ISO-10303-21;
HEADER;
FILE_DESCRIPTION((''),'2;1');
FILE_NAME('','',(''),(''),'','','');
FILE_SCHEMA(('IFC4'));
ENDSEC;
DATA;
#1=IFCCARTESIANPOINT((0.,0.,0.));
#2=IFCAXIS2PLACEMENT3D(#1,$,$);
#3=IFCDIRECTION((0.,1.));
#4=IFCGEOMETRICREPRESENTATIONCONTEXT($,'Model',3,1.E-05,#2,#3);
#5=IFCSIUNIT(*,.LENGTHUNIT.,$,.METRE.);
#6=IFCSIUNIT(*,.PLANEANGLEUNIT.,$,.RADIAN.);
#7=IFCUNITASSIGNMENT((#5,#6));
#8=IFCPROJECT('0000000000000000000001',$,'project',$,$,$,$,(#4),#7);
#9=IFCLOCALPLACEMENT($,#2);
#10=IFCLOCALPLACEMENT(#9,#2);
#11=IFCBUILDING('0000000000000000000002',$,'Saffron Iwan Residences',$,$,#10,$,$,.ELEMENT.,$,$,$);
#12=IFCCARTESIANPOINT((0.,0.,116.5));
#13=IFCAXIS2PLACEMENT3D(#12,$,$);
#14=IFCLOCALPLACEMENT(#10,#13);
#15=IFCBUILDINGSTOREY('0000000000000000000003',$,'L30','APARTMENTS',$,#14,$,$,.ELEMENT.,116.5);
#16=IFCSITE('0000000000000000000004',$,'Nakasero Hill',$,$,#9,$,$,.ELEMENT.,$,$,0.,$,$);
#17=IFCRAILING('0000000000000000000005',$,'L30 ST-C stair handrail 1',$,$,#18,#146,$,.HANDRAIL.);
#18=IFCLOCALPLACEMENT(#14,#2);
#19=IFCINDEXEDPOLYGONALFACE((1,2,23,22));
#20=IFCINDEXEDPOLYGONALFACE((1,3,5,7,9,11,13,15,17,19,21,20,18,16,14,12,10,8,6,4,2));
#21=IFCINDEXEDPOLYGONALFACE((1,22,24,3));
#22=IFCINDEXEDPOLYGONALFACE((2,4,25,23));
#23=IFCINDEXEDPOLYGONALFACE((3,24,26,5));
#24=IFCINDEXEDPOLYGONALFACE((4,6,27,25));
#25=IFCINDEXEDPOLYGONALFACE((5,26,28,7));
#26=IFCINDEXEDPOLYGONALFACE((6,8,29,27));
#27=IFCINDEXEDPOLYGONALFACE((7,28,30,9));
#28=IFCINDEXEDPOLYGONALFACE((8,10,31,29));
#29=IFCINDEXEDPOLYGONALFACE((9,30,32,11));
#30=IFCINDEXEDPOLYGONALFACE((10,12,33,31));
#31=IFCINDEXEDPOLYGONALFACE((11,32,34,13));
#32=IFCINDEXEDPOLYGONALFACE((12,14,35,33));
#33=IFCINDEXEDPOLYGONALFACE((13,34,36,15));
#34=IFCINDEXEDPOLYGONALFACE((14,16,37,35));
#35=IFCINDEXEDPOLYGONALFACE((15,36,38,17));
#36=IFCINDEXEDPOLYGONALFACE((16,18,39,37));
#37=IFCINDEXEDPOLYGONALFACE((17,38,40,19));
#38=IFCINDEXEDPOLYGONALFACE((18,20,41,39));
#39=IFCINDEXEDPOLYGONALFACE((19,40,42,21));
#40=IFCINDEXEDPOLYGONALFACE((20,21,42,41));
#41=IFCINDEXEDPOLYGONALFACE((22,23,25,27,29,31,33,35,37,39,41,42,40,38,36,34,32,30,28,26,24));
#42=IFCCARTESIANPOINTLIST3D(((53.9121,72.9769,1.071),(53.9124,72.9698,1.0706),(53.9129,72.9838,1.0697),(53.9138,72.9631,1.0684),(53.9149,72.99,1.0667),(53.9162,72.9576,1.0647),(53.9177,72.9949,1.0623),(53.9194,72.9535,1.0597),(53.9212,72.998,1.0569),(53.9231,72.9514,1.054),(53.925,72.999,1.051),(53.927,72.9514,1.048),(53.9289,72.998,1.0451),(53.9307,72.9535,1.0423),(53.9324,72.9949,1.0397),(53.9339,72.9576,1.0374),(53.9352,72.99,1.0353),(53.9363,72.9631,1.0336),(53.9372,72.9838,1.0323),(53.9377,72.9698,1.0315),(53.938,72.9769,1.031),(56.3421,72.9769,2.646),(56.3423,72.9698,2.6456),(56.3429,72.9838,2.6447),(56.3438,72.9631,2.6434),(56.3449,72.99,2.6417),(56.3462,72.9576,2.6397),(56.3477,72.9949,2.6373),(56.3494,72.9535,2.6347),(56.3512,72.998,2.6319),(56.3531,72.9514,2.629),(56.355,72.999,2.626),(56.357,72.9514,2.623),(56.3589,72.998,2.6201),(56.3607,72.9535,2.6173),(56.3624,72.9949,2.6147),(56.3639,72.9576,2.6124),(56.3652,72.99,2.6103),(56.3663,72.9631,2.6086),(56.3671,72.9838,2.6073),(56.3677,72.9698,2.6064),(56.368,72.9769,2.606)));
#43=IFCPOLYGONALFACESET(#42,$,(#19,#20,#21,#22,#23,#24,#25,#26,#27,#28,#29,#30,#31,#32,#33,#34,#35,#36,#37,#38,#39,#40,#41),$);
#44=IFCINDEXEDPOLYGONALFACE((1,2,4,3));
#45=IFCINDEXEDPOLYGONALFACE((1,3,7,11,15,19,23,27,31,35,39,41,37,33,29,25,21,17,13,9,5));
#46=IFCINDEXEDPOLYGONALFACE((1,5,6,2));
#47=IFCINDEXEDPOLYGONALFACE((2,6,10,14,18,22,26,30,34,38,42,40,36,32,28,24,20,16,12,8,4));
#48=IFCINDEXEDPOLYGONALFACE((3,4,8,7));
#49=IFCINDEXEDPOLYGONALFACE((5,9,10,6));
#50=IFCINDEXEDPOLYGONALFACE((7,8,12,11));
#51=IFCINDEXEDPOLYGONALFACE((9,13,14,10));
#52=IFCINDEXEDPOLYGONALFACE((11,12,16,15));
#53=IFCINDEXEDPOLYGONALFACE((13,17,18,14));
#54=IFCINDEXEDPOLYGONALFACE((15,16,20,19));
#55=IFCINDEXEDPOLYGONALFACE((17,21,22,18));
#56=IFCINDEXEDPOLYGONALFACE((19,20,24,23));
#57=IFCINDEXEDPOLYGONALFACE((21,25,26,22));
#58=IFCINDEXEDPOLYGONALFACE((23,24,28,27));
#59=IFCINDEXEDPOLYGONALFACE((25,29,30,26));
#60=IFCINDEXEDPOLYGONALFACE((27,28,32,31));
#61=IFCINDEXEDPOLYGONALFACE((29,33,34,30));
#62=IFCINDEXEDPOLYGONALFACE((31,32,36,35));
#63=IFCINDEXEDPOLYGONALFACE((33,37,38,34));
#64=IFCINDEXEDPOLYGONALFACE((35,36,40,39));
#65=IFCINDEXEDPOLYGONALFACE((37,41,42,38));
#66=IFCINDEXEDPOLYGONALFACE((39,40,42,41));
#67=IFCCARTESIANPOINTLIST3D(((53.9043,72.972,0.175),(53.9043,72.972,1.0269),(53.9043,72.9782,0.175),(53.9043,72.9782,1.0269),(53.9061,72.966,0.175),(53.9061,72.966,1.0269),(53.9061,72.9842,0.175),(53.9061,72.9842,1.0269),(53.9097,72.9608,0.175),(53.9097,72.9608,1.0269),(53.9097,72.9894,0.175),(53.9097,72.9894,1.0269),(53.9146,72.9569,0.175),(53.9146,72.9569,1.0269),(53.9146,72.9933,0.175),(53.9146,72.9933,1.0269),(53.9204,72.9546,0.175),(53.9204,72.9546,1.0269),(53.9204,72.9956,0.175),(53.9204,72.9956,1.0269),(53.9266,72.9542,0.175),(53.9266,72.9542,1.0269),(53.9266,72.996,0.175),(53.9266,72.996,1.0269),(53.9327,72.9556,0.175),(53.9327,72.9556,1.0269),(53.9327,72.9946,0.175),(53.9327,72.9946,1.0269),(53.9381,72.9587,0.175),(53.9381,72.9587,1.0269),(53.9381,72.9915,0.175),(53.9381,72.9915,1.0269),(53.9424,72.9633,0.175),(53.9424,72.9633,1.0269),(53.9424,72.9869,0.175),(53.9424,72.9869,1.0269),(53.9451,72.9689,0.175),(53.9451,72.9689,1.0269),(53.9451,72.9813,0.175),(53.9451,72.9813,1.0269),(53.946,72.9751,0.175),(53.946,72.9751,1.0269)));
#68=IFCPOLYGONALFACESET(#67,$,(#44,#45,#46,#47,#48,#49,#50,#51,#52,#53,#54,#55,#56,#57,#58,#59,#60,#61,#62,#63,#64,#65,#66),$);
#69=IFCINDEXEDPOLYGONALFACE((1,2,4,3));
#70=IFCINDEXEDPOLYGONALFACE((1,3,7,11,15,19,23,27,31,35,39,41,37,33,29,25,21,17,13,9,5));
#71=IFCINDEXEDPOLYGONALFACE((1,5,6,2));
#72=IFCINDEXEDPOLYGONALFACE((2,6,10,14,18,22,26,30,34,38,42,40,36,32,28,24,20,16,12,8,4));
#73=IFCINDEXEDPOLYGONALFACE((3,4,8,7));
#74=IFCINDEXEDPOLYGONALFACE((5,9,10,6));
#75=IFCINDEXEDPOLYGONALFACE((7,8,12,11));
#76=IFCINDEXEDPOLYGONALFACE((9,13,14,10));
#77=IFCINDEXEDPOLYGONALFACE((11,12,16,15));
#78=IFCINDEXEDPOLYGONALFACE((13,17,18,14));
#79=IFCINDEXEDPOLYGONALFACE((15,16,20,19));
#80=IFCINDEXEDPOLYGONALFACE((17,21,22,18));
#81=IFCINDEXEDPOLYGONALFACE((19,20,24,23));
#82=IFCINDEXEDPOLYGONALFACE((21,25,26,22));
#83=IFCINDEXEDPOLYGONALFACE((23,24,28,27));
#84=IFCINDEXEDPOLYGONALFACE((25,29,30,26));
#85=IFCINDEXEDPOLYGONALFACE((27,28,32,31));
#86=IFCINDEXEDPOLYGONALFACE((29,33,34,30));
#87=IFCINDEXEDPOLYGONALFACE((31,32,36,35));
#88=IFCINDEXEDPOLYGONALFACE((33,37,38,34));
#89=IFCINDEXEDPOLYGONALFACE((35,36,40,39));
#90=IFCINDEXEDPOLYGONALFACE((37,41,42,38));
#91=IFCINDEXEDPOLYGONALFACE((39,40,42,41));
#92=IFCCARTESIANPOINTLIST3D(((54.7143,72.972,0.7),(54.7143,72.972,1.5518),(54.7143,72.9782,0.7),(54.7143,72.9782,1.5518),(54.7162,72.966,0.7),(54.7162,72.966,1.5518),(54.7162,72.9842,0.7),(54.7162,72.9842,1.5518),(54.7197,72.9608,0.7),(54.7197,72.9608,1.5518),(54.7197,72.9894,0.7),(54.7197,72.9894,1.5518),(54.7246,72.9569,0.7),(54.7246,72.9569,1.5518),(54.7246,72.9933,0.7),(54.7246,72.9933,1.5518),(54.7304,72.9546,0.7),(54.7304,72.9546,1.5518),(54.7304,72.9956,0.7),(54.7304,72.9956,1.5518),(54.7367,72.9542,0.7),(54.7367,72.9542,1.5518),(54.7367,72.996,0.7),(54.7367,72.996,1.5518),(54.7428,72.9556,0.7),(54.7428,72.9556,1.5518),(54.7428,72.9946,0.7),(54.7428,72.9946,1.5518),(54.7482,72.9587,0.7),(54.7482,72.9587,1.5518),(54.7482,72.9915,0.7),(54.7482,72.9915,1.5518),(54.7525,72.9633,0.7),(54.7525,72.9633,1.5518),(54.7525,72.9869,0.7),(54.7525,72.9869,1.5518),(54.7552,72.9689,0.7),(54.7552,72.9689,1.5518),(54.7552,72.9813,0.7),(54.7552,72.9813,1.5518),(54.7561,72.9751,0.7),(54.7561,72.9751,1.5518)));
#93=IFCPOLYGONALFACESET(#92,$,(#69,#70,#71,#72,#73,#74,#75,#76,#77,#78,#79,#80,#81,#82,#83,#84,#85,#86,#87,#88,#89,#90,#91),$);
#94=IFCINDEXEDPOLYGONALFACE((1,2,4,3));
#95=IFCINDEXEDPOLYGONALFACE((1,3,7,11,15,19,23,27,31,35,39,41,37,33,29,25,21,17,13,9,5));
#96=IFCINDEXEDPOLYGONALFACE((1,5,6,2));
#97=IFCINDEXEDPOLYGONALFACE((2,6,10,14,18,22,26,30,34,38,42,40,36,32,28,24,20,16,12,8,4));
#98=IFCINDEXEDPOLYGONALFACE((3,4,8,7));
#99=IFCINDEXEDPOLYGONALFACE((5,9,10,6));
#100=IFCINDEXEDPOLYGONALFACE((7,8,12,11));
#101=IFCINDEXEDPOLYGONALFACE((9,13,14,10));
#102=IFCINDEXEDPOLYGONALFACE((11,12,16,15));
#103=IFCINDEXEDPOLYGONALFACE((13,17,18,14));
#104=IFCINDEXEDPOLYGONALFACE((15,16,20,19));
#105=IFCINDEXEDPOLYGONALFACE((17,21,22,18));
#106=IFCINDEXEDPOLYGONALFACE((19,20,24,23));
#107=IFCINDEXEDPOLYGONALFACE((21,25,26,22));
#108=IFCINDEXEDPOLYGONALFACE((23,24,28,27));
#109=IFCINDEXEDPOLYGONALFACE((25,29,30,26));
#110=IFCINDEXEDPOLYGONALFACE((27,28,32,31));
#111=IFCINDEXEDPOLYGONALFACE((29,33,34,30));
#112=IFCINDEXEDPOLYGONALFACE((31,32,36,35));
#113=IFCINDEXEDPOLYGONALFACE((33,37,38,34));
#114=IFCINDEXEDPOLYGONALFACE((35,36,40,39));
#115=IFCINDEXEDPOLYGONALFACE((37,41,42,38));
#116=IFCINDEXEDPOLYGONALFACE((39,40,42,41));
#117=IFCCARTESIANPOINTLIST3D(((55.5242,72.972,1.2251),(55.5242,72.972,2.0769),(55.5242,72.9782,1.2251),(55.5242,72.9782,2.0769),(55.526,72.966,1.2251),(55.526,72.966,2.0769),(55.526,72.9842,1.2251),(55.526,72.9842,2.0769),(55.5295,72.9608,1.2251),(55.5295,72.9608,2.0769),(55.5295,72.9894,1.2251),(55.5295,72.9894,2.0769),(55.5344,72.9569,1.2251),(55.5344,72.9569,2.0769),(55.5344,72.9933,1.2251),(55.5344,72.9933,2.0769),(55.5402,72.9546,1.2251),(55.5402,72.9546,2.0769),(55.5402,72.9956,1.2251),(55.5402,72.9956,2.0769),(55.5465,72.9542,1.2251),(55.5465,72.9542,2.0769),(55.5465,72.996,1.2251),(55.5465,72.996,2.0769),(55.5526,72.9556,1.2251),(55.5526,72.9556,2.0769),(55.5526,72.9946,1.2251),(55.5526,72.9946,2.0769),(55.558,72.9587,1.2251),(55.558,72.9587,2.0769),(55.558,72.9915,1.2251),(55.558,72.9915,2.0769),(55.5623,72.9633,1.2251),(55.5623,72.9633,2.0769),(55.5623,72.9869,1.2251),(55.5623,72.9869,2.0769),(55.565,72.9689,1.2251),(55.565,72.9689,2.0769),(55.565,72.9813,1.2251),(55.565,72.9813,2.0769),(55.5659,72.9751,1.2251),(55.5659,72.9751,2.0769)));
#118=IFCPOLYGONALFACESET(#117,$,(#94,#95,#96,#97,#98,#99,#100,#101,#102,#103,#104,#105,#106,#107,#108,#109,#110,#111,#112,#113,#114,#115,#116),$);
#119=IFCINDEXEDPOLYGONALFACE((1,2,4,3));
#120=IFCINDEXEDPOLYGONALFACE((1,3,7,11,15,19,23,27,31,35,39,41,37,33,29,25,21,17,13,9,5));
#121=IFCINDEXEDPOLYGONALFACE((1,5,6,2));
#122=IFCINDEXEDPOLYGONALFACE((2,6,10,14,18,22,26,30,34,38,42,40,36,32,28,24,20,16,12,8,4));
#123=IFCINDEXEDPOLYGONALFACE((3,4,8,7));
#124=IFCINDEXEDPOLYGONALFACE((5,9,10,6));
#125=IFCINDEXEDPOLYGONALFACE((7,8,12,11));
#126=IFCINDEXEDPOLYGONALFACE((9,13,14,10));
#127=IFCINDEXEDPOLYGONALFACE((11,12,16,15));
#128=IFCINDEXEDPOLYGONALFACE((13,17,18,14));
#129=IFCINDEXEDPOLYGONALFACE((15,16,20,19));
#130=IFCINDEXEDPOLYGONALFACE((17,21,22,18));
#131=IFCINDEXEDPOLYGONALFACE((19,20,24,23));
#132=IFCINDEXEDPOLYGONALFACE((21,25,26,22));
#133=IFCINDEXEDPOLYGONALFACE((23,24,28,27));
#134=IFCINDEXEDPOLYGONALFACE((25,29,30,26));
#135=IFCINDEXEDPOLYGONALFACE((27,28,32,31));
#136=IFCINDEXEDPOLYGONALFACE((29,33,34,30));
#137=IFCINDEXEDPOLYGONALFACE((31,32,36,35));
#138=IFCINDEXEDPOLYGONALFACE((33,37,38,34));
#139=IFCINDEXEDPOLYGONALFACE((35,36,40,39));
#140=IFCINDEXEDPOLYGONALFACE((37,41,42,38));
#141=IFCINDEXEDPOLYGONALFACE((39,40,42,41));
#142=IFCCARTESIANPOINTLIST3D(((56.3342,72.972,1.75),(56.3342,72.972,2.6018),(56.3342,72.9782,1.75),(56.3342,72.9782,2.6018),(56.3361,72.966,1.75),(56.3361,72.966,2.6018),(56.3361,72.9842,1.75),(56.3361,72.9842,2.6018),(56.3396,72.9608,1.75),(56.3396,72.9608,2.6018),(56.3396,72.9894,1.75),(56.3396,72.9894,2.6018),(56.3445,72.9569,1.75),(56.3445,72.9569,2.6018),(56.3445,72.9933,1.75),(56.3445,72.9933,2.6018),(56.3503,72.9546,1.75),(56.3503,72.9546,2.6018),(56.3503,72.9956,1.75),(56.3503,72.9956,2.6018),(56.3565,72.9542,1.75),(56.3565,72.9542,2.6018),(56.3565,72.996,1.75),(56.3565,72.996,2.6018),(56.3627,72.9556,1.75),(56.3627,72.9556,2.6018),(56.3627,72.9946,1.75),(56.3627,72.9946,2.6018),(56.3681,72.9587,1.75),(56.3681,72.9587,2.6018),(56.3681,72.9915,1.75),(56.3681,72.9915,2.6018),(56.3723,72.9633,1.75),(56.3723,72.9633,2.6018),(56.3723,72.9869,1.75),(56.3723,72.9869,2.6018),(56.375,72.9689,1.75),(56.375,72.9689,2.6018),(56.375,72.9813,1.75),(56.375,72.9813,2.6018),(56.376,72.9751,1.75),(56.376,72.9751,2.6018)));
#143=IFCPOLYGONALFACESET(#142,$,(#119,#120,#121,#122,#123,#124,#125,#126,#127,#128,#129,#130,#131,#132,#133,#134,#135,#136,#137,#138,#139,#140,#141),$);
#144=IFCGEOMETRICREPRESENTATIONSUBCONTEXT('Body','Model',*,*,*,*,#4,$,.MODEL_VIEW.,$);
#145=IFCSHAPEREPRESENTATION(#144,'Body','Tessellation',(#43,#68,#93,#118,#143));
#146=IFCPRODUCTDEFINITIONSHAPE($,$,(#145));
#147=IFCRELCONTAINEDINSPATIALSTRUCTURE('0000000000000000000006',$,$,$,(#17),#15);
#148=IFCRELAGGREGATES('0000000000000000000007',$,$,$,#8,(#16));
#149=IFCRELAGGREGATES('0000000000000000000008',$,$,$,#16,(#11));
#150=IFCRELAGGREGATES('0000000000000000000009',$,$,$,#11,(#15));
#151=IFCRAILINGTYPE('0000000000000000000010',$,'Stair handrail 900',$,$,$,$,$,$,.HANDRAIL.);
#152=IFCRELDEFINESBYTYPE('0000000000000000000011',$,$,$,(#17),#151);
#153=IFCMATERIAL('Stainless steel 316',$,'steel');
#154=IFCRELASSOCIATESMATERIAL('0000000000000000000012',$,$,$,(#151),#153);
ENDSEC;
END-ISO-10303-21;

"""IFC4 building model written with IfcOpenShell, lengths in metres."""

from ifc_helpers import new_model, si_unit, direction, frame, origin, origin_2d, place, context, subcontext, project, spatial, circle, extrude, material, type_object, element, save


model = new_model("IFC4")

# Units and contexts
model_context = context("Model", 3, precision=1e-05, world=origin(), true_north=direction((0.0, 1.0)))
body_context = subcontext(model_context, "Body", "Model", "MODEL_VIEW")
ifc_project = project(units=[si_unit("LENGTHUNIT", "METRE"), si_unit("PLANEANGLEUNIT", "RADIAN")], contexts=[model_context])

# Site, building, storey
site_placement = place(None, origin())
site = spatial("IfcSite", under=ifc_project, at=site_placement, Name="Nakasero Hill", CompositionType="ELEMENT", RefElevation=0.0)
building_placement = place(site_placement, origin())
building = spatial("IfcBuilding", under=site, at=building_placement, Name="Saffron Iwan Residences", CompositionType="ELEMENT")
storey_placement = place(building_placement, frame((0.0, 0.0, 116.5)))
storey = spatial("IfcBuildingStorey", under=building, at=storey_placement, Name="L30", Description="APARTMENTS", CompositionType="ELEMENT", Elevation=116.5)

# Railing
ifc_material_1 = material(Name="Stainless steel 316", Category="steel")
railing_type_1 = type_object("IfcRailingType", Name="Stair handrail 900", PredefinedType="HANDRAIL", material=ifc_material_1)
railing_1_placement = place(storey_placement, frame((53.925, 72.9751, 0.175)))
element("IfcRailing", 1, at=railing_1_placement, inside=storey, type_object=railing_type_1, Name="L30 ST-C stair handrail 1", PredefinedType="HANDRAIL", context=body_context, shape_type="SweptSolid", body=[
    extrude(circle(Radius=0.0239, at=origin_2d()), frame((0.0, 0.0, 0.876), z_axis=(0.839154, 0.0, 0.543894), x_axis=(0.0, 1.0, 0.0)), (0.0, 0.0, 1.0), 2.8958),
    extrude(circle(Radius=0.021, at=origin_2d()), origin(), (0.0, 0.0, 1.0), 0.8518),
    extrude(circle(Radius=0.021, at=origin_2d()), frame((0.8101, 0.0, 0.5249)), (0.0, 0.0, 1.0), 0.8518),
    extrude(circle(Radius=0.021, at=origin_2d()), frame((1.6199, 0.0, 1.05)), (0.0, 0.0, 1.0), 0.8518),
    extrude(circle(Radius=0.021, at=origin_2d()), frame((2.4299, 0.0, 1.575)), (0.0, 0.0, 1.0), 0.8518),
])

save(model, "model.ifc")
